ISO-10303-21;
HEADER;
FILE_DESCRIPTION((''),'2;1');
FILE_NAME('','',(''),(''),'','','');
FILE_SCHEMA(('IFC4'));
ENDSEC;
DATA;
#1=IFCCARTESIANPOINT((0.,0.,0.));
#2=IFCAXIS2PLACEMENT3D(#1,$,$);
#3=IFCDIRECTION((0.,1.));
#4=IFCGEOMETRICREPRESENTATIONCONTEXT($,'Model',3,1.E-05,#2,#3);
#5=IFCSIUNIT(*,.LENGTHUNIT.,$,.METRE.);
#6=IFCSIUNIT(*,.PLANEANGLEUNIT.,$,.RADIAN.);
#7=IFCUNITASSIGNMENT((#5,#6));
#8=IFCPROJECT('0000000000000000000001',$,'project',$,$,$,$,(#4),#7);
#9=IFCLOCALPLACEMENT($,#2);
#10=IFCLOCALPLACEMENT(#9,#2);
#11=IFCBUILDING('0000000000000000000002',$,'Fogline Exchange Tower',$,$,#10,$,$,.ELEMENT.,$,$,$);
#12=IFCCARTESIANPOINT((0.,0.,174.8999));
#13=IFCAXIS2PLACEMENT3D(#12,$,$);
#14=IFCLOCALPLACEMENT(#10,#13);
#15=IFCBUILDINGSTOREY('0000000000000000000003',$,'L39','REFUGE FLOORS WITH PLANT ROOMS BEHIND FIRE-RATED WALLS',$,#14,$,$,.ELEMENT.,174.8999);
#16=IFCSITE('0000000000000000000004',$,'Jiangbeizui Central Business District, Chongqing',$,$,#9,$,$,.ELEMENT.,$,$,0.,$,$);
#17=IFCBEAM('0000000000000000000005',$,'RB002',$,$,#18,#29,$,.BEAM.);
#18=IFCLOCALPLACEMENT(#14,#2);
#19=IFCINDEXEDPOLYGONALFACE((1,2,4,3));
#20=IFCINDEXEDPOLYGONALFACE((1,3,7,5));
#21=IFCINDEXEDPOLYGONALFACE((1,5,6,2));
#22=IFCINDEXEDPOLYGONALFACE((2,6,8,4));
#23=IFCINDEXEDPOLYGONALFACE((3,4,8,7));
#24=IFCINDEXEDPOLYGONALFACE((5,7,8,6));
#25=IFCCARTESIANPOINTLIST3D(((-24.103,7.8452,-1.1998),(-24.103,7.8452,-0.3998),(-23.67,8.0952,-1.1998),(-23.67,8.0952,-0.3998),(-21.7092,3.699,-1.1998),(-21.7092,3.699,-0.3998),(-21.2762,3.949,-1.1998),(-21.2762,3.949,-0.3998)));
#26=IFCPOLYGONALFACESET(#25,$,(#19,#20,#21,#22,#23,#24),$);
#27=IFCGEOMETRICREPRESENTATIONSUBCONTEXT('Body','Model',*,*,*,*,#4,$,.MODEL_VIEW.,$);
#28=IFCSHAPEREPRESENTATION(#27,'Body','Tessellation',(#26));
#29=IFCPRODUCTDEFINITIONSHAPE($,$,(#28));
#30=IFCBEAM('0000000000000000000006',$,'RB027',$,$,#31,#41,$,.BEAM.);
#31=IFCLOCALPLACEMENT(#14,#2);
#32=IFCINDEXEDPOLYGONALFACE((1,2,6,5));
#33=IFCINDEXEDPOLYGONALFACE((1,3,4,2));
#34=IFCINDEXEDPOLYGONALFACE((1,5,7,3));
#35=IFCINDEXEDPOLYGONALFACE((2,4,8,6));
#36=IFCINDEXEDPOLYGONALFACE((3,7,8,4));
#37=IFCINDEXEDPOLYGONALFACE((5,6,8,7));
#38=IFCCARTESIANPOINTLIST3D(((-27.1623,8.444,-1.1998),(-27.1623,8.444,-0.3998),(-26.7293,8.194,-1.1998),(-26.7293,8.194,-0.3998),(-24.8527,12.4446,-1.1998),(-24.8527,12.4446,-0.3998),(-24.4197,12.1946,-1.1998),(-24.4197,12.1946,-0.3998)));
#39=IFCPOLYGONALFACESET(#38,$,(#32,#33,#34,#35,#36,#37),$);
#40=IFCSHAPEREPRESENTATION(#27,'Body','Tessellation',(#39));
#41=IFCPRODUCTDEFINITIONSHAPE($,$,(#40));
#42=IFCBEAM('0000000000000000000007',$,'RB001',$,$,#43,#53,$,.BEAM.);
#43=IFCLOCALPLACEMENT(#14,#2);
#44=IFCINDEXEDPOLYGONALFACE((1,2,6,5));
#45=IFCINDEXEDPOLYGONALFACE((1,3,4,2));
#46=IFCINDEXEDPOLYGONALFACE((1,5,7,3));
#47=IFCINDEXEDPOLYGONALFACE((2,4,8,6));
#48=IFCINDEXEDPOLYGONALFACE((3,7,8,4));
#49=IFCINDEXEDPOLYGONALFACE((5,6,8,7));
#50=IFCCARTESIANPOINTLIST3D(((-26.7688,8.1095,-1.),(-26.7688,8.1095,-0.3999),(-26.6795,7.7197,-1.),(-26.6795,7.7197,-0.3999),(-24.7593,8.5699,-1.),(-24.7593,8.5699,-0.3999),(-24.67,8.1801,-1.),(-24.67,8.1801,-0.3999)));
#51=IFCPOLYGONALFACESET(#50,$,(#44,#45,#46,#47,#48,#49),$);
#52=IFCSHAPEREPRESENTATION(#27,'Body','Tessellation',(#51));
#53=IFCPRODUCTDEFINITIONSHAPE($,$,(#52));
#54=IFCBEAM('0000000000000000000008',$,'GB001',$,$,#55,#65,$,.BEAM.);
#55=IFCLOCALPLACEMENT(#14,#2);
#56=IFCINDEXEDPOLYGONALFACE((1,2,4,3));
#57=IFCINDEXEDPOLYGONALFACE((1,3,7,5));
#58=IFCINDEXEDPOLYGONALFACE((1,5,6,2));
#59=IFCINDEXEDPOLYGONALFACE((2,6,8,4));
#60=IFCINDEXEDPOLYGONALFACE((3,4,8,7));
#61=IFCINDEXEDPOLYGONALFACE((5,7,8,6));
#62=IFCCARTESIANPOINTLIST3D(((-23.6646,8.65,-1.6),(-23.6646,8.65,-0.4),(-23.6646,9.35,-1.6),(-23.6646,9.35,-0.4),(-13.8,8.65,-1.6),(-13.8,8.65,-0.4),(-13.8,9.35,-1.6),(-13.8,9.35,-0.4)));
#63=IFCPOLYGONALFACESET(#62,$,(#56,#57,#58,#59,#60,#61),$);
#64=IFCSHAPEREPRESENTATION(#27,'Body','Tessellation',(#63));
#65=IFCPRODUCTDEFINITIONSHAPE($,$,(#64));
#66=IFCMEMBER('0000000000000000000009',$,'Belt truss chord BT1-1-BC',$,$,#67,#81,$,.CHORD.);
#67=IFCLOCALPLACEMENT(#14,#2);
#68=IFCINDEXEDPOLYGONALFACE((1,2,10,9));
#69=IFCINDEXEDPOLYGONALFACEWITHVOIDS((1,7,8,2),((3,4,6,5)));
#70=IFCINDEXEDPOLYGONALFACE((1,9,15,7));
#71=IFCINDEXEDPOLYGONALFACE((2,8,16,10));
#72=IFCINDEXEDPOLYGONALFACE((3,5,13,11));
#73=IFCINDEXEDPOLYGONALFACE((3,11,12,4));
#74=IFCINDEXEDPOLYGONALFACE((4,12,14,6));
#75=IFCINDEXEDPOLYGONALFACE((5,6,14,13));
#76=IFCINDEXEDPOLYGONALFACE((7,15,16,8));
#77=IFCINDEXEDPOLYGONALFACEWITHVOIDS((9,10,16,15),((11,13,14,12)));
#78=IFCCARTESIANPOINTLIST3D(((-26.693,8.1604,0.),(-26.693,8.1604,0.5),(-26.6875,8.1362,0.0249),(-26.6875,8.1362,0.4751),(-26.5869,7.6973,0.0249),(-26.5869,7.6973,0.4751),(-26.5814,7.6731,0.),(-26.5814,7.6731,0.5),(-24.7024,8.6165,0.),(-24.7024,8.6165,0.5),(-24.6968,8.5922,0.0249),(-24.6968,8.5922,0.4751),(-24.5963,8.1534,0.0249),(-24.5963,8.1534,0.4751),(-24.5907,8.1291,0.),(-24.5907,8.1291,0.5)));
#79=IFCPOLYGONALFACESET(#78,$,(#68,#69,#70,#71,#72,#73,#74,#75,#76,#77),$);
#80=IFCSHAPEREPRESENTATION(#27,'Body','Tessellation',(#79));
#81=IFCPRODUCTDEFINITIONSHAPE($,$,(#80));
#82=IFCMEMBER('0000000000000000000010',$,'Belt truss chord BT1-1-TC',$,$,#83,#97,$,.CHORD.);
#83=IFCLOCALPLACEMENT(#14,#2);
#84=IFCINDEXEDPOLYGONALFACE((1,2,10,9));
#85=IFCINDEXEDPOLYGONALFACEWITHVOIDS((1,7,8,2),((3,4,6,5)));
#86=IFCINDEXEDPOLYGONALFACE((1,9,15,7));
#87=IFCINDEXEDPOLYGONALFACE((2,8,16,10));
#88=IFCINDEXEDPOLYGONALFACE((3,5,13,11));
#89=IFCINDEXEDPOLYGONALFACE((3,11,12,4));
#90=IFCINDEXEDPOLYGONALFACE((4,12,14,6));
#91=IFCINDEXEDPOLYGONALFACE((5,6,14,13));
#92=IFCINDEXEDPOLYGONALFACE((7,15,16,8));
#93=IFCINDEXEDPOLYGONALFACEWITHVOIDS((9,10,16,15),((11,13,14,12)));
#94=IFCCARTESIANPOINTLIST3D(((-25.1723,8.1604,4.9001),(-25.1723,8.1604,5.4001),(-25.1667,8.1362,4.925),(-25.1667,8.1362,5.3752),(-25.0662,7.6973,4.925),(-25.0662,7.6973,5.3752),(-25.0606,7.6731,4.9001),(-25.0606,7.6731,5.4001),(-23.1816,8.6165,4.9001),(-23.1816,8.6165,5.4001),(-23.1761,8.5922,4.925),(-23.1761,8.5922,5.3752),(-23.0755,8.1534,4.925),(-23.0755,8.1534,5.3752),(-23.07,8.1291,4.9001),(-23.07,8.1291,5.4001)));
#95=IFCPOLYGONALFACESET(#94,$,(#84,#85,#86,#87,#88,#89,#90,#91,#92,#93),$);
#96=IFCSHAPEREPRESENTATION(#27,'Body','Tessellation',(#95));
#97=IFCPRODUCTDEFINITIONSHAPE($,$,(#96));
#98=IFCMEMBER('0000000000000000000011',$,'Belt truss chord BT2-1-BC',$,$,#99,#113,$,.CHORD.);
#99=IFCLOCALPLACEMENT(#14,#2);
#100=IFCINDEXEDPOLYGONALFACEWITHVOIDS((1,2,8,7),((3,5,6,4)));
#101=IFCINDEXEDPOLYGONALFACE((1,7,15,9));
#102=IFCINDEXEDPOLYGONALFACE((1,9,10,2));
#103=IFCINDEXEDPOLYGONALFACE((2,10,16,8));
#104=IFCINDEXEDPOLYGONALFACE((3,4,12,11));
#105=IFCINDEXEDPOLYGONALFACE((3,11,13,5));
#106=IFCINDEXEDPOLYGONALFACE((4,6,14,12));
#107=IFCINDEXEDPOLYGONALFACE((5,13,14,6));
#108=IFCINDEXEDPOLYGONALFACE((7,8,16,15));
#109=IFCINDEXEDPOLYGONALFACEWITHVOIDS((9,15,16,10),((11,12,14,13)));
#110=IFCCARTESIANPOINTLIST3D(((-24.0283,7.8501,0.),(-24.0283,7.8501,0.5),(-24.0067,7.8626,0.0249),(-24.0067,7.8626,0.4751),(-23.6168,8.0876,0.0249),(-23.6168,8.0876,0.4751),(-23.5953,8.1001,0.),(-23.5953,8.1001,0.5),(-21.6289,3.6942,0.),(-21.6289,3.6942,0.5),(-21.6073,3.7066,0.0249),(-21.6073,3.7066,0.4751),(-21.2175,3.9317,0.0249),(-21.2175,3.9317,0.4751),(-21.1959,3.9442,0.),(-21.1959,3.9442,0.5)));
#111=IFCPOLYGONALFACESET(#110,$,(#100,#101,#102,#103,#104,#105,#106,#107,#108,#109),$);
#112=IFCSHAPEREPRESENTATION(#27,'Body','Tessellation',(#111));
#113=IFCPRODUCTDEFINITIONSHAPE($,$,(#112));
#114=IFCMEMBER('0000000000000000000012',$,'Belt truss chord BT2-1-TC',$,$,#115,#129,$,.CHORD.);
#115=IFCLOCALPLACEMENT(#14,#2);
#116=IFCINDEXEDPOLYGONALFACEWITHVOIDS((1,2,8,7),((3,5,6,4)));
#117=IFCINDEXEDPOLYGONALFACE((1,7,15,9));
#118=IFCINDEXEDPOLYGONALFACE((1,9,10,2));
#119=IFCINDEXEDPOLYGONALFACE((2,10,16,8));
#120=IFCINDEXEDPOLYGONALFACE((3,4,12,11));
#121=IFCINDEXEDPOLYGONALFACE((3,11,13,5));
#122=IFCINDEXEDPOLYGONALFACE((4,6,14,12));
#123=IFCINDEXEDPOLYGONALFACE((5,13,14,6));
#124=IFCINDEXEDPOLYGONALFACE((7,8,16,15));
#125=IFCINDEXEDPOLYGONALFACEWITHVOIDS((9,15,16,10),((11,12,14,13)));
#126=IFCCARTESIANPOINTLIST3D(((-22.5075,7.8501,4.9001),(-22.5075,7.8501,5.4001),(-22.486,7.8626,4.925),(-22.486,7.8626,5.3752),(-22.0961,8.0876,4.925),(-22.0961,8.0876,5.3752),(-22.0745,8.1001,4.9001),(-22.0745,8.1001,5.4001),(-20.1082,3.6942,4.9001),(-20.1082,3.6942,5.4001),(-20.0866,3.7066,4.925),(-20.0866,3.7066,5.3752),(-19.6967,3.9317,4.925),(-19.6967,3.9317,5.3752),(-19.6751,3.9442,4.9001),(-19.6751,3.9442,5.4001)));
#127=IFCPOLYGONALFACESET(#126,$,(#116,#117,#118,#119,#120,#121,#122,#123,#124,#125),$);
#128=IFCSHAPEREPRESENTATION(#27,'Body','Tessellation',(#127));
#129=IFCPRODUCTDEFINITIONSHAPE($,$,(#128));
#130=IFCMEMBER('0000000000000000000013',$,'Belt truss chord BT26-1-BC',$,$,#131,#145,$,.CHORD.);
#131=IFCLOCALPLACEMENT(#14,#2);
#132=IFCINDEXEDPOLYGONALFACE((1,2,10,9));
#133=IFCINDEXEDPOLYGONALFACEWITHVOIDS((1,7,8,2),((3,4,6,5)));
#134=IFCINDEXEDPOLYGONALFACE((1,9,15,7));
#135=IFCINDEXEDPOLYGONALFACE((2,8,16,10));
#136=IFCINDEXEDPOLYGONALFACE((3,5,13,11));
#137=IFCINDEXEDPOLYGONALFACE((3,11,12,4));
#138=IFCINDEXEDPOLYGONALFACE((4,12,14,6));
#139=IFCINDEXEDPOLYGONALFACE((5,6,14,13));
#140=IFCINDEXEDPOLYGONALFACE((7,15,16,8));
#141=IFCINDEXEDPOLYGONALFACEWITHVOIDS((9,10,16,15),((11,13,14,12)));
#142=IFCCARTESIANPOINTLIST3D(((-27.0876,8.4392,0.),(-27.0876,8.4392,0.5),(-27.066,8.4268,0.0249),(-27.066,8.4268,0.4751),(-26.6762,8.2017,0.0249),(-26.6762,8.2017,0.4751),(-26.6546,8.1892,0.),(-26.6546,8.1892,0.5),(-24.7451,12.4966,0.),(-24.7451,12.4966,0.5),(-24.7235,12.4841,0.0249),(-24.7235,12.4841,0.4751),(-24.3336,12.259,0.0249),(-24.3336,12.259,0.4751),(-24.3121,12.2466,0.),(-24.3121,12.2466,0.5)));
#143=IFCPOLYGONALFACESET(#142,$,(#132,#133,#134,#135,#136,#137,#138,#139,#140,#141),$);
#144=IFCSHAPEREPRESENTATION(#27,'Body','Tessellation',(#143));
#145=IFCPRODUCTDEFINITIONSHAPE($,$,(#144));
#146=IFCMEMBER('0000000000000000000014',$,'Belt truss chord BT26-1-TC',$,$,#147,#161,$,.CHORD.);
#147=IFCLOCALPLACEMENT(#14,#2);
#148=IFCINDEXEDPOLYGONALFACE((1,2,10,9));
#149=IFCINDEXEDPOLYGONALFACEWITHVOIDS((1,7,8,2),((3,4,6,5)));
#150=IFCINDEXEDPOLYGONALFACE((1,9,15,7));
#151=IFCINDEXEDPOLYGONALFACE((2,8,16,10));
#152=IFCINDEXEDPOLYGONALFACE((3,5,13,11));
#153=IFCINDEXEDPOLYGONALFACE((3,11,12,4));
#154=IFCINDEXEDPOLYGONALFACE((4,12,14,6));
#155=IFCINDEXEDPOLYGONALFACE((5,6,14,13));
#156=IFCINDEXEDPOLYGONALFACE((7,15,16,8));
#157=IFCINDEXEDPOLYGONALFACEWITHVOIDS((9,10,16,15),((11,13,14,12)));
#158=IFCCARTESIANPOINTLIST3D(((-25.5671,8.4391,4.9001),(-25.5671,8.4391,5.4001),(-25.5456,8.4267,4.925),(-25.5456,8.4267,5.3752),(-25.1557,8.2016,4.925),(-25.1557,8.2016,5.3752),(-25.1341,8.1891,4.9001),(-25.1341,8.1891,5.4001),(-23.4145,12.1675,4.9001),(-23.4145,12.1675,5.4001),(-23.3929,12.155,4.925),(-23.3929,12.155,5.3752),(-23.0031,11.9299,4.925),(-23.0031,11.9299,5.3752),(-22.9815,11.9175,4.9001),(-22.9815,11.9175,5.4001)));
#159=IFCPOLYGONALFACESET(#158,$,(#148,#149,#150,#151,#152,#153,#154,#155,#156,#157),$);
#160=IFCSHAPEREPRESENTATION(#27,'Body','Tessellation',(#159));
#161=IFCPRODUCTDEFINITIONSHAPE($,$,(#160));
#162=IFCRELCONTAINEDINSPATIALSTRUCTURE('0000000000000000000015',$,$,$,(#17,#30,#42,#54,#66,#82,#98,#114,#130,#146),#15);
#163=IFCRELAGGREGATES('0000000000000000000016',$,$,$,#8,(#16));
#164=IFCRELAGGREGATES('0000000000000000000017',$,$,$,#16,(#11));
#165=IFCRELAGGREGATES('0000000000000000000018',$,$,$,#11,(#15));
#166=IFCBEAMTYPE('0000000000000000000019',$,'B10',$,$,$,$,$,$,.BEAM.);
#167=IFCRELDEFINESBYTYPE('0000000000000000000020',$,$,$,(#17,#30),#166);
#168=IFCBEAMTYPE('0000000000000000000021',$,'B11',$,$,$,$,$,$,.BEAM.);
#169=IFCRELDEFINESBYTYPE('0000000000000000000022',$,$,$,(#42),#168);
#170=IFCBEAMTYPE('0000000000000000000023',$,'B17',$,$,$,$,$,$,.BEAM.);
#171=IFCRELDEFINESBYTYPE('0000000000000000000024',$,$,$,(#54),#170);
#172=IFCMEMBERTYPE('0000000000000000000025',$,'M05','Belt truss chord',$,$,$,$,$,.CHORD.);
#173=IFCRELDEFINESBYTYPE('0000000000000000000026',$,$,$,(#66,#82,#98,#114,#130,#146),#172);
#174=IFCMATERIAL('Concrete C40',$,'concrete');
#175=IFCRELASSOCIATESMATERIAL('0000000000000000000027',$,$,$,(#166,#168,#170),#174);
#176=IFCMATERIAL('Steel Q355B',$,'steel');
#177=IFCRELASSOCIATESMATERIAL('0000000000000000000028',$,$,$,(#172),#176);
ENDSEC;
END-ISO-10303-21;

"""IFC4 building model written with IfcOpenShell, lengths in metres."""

from ifc_helpers import new_model, si_unit, direction, frame, origin, origin_2d, place, context, subcontext, project, spatial, rectangle, hollow_rectangle, extrude, material, material_profile, profile_set, type_object, element, save


model = new_model("IFC4")

# Units and contexts
model_context = context("Model", 3, precision=1e-05, world=origin(), true_north=direction((0.0, 1.0)))
body_context = subcontext(model_context, "Body", "Model", "MODEL_VIEW")
ifc_project = project(units=[si_unit("LENGTHUNIT", "METRE"), si_unit("PLANEANGLEUNIT", "RADIAN")], contexts=[model_context])

# Site, building, storey
site_placement = place(None, origin())
site = spatial("IfcSite", under=ifc_project, at=site_placement, Name="Jiangbeizui Central Business District, Chongqing", CompositionType="ELEMENT", RefElevation=0.0)
building_placement = place(site_placement, origin())
building = spatial("IfcBuilding", under=site, at=building_placement, Name="Fogline Exchange Tower", CompositionType="ELEMENT")
storey_placement = place(building_placement, frame((0.0, 0.0, 174.8999)))
storey = spatial("IfcBuildingStorey", under=building, at=storey_placement, Name="L39", Description="REFUGE FLOORS WITH PLANT ROOMS BEHIND FIRE-RATED WALLS", CompositionType="ELEMENT", Elevation=174.8999)

# Beams
ifc_material_1 = material(Name="Concrete C40", Category="concrete")
ifc_material_profile_1 = material_profile(ifc_material_1, rectangle(XDim=0.5, YDim=0.8, at=origin_2d()), Name="RC 500x800")
ifc_profile_set_1 = profile_set([ifc_material_profile_1], Name="Concrete C40")
beam_type_1 = type_object("IfcBeamType", Name="B10", PredefinedType="BEAM", material=ifc_profile_set_1)
beam_1_placement = place(storey_placement, frame((-23.8865, 7.9702, -0.7998), z_axis=(0.499995, -0.866028, 0.0), x_axis=(0.866028, 0.499995, 0.0)))
element("IfcBeam", 1, at=beam_1_placement, inside=storey, type_object=beam_type_1, Name="RB002", PredefinedType="BEAM", context=body_context, shape_type="SweptSolid", body=[
    extrude(rectangle(XDim=0.5, YDim=0.8, at=origin_2d()), origin(), (0.0, 0.0, 1.0), 4.7876),
])
beam_2_placement = place(storey_placement, frame((-24.6362, 12.3196, -0.7998), z_axis=(-0.499982, -0.866036, 0.0), x_axis=(0.866036, -0.499982, 0.0)))
element("IfcBeam", 2, at=beam_2_placement, inside=storey, type_object=beam_type_1, Name="RB027", PredefinedType="BEAM", context=body_context, shape_type="SweptSolid", body=[
    extrude(rectangle(XDim=0.5, YDim=0.8, at=origin_2d()), origin(), (0.0, 0.0, 1.0), 4.6194),
])
ifc_material_profile_2 = material_profile(ifc_material_1, rectangle(XDim=0.3999, YDim=0.6001, at=origin_2d()), Name="RC 400x600")
ifc_profile_set_2 = profile_set([ifc_material_profile_2], Name="Concrete C40")
beam_type_2 = type_object("IfcBeamType", Name="B11", PredefinedType="BEAM", material=ifc_profile_set_2)
beam_3_placement = place(storey_placement, frame((-26.7241, 7.9146, -0.7), z_axis=(0.974739, 0.223346, 0.0), x_axis=(-0.223346, 0.974739, 0.0)))
element("IfcBeam", 3, at=beam_3_placement, inside=storey, type_object=beam_type_2, Name="RB001", PredefinedType="BEAM", context=body_context, shape_type="SweptSolid", body=[
    extrude(rectangle(XDim=0.3999, YDim=0.6001, at=origin_2d()), origin(), (0.0, 0.0, 1.0), 2.0615),
])
ifc_material_profile_3 = material_profile(ifc_material_1, rectangle(XDim=0.7, YDim=1.2, at=origin_2d()), Name="RC 700x1200")
ifc_profile_set_3 = profile_set([ifc_material_profile_3], Name="Concrete C40")
beam_type_3 = type_object("IfcBeamType", Name="B17", PredefinedType="BEAM", material=ifc_profile_set_3)
beam_4_placement = place(storey_placement, frame((-23.6646, 9.0, -1.0), z_axis=(1.0, 0.0, 0.0), x_axis=(0.0, 1.0, 0.0)))
element("IfcBeam", 4, at=beam_4_placement, inside=storey, type_object=beam_type_3, Name="GB001", PredefinedType="BEAM", context=body_context, shape_type="SweptSolid", body=[
    extrude(rectangle(XDim=0.7, YDim=1.2, at=origin_2d()), origin(), (0.0, 0.0, 1.0), 9.8645),
])

# Members
ifc_material_2 = material(Name="Steel Q355B", Category="steel")
ifc_material_profile_4 = material_profile(ifc_material_2, hollow_rectangle(XDim=0.5, YDim=0.5, WallThickness=0.0249, at=origin_2d()), Name="BOX500X500X25")
ifc_profile_set_4 = profile_set([ifc_material_profile_4], Name="Steel Q355B")
member_type_1 = type_object("IfcMemberType", Name="M05", Description="Belt truss chord", PredefinedType="CHORD", material=ifc_profile_set_4)
for number, where, z_axis, x_axis, name in (
    (5, (-26.6372, 7.9167, 0.25), (0.974749, 0.223305, 0.0), (-0.223305, 0.974749, 0.0), "Belt truss chord BT1-1-BC"),
    (6, (-25.1165, 7.9167, 5.1501), (0.974749, 0.223305, 0.0), (-0.223305, 0.974749, 0.0), "Belt truss chord BT1-1-TC"),
):
    element("IfcMember", number, at=place(storey_placement, frame(where, z_axis=z_axis, x_axis=x_axis)), inside=storey, type_object=member_type_1, Name=name, PredefinedType="CHORD", context=body_context, shape_type="SweptSolid", body=[
        extrude(hollow_rectangle(XDim=0.5, YDim=0.5, WallThickness=0.0249, at=origin_2d()), origin(), (0.0, 0.0, 1.0), 2.0422),
    ])
for number, where, z_axis, x_axis, name in (
    (7, (-23.8118, 7.9751, 0.25), (0.499991, -0.866031, 0.0), (0.866031, 0.499991, 0.0), "Belt truss chord BT2-1-BC"),
    (8, (-22.291, 7.9751, 5.1501), (0.499991, -0.866031, 0.0), (0.866031, 0.499991, 0.0), "Belt truss chord BT2-1-TC"),
):
    element("IfcMember", number, at=place(storey_placement, frame(where, z_axis=z_axis, x_axis=x_axis)), inside=storey, type_object=member_type_1, Name=name, PredefinedType="CHORD", context=body_context, shape_type="SweptSolid", body=[
        extrude(hollow_rectangle(XDim=0.5, YDim=0.5, WallThickness=0.0249, at=origin_2d()), origin(), (0.0, 0.0, 1.0), 4.7988),
    ])
member_1_placement = place(storey_placement, frame((-24.5286, 12.3716, 0.25), z_axis=(-0.500001, -0.866025, 0.0), x_axis=(0.866025, -0.500001, 0.0)))
element("IfcMember", 9, at=member_1_placement, inside=storey, type_object=member_type_1, Name="Belt truss chord BT26-1-BC", PredefinedType="CHORD", context=body_context, shape_type="SweptSolid", body=[
    extrude(hollow_rectangle(XDim=0.5, YDim=0.5, WallThickness=0.0249, at=origin_2d()), origin(), (0.0, 0.0, 1.0), 4.6851),
])
member_2_placement = place(storey_placement, frame((-23.198, 12.0425, 5.1501), z_axis=(-0.500012, -0.866018, 0.0), x_axis=(0.866018, -0.500012, 0.0)))
element("IfcMember", 10, at=member_2_placement, inside=storey, type_object=member_type_1, Name="Belt truss chord BT26-1-TC", PredefinedType="CHORD", context=body_context, shape_type="SweptSolid", body=[
    extrude(hollow_rectangle(XDim=0.5, YDim=0.5, WallThickness=0.0249, at=origin_2d()), origin(), (0.0, 0.0, 1.0), 4.3052),
])

save(model, "model.ifc")
